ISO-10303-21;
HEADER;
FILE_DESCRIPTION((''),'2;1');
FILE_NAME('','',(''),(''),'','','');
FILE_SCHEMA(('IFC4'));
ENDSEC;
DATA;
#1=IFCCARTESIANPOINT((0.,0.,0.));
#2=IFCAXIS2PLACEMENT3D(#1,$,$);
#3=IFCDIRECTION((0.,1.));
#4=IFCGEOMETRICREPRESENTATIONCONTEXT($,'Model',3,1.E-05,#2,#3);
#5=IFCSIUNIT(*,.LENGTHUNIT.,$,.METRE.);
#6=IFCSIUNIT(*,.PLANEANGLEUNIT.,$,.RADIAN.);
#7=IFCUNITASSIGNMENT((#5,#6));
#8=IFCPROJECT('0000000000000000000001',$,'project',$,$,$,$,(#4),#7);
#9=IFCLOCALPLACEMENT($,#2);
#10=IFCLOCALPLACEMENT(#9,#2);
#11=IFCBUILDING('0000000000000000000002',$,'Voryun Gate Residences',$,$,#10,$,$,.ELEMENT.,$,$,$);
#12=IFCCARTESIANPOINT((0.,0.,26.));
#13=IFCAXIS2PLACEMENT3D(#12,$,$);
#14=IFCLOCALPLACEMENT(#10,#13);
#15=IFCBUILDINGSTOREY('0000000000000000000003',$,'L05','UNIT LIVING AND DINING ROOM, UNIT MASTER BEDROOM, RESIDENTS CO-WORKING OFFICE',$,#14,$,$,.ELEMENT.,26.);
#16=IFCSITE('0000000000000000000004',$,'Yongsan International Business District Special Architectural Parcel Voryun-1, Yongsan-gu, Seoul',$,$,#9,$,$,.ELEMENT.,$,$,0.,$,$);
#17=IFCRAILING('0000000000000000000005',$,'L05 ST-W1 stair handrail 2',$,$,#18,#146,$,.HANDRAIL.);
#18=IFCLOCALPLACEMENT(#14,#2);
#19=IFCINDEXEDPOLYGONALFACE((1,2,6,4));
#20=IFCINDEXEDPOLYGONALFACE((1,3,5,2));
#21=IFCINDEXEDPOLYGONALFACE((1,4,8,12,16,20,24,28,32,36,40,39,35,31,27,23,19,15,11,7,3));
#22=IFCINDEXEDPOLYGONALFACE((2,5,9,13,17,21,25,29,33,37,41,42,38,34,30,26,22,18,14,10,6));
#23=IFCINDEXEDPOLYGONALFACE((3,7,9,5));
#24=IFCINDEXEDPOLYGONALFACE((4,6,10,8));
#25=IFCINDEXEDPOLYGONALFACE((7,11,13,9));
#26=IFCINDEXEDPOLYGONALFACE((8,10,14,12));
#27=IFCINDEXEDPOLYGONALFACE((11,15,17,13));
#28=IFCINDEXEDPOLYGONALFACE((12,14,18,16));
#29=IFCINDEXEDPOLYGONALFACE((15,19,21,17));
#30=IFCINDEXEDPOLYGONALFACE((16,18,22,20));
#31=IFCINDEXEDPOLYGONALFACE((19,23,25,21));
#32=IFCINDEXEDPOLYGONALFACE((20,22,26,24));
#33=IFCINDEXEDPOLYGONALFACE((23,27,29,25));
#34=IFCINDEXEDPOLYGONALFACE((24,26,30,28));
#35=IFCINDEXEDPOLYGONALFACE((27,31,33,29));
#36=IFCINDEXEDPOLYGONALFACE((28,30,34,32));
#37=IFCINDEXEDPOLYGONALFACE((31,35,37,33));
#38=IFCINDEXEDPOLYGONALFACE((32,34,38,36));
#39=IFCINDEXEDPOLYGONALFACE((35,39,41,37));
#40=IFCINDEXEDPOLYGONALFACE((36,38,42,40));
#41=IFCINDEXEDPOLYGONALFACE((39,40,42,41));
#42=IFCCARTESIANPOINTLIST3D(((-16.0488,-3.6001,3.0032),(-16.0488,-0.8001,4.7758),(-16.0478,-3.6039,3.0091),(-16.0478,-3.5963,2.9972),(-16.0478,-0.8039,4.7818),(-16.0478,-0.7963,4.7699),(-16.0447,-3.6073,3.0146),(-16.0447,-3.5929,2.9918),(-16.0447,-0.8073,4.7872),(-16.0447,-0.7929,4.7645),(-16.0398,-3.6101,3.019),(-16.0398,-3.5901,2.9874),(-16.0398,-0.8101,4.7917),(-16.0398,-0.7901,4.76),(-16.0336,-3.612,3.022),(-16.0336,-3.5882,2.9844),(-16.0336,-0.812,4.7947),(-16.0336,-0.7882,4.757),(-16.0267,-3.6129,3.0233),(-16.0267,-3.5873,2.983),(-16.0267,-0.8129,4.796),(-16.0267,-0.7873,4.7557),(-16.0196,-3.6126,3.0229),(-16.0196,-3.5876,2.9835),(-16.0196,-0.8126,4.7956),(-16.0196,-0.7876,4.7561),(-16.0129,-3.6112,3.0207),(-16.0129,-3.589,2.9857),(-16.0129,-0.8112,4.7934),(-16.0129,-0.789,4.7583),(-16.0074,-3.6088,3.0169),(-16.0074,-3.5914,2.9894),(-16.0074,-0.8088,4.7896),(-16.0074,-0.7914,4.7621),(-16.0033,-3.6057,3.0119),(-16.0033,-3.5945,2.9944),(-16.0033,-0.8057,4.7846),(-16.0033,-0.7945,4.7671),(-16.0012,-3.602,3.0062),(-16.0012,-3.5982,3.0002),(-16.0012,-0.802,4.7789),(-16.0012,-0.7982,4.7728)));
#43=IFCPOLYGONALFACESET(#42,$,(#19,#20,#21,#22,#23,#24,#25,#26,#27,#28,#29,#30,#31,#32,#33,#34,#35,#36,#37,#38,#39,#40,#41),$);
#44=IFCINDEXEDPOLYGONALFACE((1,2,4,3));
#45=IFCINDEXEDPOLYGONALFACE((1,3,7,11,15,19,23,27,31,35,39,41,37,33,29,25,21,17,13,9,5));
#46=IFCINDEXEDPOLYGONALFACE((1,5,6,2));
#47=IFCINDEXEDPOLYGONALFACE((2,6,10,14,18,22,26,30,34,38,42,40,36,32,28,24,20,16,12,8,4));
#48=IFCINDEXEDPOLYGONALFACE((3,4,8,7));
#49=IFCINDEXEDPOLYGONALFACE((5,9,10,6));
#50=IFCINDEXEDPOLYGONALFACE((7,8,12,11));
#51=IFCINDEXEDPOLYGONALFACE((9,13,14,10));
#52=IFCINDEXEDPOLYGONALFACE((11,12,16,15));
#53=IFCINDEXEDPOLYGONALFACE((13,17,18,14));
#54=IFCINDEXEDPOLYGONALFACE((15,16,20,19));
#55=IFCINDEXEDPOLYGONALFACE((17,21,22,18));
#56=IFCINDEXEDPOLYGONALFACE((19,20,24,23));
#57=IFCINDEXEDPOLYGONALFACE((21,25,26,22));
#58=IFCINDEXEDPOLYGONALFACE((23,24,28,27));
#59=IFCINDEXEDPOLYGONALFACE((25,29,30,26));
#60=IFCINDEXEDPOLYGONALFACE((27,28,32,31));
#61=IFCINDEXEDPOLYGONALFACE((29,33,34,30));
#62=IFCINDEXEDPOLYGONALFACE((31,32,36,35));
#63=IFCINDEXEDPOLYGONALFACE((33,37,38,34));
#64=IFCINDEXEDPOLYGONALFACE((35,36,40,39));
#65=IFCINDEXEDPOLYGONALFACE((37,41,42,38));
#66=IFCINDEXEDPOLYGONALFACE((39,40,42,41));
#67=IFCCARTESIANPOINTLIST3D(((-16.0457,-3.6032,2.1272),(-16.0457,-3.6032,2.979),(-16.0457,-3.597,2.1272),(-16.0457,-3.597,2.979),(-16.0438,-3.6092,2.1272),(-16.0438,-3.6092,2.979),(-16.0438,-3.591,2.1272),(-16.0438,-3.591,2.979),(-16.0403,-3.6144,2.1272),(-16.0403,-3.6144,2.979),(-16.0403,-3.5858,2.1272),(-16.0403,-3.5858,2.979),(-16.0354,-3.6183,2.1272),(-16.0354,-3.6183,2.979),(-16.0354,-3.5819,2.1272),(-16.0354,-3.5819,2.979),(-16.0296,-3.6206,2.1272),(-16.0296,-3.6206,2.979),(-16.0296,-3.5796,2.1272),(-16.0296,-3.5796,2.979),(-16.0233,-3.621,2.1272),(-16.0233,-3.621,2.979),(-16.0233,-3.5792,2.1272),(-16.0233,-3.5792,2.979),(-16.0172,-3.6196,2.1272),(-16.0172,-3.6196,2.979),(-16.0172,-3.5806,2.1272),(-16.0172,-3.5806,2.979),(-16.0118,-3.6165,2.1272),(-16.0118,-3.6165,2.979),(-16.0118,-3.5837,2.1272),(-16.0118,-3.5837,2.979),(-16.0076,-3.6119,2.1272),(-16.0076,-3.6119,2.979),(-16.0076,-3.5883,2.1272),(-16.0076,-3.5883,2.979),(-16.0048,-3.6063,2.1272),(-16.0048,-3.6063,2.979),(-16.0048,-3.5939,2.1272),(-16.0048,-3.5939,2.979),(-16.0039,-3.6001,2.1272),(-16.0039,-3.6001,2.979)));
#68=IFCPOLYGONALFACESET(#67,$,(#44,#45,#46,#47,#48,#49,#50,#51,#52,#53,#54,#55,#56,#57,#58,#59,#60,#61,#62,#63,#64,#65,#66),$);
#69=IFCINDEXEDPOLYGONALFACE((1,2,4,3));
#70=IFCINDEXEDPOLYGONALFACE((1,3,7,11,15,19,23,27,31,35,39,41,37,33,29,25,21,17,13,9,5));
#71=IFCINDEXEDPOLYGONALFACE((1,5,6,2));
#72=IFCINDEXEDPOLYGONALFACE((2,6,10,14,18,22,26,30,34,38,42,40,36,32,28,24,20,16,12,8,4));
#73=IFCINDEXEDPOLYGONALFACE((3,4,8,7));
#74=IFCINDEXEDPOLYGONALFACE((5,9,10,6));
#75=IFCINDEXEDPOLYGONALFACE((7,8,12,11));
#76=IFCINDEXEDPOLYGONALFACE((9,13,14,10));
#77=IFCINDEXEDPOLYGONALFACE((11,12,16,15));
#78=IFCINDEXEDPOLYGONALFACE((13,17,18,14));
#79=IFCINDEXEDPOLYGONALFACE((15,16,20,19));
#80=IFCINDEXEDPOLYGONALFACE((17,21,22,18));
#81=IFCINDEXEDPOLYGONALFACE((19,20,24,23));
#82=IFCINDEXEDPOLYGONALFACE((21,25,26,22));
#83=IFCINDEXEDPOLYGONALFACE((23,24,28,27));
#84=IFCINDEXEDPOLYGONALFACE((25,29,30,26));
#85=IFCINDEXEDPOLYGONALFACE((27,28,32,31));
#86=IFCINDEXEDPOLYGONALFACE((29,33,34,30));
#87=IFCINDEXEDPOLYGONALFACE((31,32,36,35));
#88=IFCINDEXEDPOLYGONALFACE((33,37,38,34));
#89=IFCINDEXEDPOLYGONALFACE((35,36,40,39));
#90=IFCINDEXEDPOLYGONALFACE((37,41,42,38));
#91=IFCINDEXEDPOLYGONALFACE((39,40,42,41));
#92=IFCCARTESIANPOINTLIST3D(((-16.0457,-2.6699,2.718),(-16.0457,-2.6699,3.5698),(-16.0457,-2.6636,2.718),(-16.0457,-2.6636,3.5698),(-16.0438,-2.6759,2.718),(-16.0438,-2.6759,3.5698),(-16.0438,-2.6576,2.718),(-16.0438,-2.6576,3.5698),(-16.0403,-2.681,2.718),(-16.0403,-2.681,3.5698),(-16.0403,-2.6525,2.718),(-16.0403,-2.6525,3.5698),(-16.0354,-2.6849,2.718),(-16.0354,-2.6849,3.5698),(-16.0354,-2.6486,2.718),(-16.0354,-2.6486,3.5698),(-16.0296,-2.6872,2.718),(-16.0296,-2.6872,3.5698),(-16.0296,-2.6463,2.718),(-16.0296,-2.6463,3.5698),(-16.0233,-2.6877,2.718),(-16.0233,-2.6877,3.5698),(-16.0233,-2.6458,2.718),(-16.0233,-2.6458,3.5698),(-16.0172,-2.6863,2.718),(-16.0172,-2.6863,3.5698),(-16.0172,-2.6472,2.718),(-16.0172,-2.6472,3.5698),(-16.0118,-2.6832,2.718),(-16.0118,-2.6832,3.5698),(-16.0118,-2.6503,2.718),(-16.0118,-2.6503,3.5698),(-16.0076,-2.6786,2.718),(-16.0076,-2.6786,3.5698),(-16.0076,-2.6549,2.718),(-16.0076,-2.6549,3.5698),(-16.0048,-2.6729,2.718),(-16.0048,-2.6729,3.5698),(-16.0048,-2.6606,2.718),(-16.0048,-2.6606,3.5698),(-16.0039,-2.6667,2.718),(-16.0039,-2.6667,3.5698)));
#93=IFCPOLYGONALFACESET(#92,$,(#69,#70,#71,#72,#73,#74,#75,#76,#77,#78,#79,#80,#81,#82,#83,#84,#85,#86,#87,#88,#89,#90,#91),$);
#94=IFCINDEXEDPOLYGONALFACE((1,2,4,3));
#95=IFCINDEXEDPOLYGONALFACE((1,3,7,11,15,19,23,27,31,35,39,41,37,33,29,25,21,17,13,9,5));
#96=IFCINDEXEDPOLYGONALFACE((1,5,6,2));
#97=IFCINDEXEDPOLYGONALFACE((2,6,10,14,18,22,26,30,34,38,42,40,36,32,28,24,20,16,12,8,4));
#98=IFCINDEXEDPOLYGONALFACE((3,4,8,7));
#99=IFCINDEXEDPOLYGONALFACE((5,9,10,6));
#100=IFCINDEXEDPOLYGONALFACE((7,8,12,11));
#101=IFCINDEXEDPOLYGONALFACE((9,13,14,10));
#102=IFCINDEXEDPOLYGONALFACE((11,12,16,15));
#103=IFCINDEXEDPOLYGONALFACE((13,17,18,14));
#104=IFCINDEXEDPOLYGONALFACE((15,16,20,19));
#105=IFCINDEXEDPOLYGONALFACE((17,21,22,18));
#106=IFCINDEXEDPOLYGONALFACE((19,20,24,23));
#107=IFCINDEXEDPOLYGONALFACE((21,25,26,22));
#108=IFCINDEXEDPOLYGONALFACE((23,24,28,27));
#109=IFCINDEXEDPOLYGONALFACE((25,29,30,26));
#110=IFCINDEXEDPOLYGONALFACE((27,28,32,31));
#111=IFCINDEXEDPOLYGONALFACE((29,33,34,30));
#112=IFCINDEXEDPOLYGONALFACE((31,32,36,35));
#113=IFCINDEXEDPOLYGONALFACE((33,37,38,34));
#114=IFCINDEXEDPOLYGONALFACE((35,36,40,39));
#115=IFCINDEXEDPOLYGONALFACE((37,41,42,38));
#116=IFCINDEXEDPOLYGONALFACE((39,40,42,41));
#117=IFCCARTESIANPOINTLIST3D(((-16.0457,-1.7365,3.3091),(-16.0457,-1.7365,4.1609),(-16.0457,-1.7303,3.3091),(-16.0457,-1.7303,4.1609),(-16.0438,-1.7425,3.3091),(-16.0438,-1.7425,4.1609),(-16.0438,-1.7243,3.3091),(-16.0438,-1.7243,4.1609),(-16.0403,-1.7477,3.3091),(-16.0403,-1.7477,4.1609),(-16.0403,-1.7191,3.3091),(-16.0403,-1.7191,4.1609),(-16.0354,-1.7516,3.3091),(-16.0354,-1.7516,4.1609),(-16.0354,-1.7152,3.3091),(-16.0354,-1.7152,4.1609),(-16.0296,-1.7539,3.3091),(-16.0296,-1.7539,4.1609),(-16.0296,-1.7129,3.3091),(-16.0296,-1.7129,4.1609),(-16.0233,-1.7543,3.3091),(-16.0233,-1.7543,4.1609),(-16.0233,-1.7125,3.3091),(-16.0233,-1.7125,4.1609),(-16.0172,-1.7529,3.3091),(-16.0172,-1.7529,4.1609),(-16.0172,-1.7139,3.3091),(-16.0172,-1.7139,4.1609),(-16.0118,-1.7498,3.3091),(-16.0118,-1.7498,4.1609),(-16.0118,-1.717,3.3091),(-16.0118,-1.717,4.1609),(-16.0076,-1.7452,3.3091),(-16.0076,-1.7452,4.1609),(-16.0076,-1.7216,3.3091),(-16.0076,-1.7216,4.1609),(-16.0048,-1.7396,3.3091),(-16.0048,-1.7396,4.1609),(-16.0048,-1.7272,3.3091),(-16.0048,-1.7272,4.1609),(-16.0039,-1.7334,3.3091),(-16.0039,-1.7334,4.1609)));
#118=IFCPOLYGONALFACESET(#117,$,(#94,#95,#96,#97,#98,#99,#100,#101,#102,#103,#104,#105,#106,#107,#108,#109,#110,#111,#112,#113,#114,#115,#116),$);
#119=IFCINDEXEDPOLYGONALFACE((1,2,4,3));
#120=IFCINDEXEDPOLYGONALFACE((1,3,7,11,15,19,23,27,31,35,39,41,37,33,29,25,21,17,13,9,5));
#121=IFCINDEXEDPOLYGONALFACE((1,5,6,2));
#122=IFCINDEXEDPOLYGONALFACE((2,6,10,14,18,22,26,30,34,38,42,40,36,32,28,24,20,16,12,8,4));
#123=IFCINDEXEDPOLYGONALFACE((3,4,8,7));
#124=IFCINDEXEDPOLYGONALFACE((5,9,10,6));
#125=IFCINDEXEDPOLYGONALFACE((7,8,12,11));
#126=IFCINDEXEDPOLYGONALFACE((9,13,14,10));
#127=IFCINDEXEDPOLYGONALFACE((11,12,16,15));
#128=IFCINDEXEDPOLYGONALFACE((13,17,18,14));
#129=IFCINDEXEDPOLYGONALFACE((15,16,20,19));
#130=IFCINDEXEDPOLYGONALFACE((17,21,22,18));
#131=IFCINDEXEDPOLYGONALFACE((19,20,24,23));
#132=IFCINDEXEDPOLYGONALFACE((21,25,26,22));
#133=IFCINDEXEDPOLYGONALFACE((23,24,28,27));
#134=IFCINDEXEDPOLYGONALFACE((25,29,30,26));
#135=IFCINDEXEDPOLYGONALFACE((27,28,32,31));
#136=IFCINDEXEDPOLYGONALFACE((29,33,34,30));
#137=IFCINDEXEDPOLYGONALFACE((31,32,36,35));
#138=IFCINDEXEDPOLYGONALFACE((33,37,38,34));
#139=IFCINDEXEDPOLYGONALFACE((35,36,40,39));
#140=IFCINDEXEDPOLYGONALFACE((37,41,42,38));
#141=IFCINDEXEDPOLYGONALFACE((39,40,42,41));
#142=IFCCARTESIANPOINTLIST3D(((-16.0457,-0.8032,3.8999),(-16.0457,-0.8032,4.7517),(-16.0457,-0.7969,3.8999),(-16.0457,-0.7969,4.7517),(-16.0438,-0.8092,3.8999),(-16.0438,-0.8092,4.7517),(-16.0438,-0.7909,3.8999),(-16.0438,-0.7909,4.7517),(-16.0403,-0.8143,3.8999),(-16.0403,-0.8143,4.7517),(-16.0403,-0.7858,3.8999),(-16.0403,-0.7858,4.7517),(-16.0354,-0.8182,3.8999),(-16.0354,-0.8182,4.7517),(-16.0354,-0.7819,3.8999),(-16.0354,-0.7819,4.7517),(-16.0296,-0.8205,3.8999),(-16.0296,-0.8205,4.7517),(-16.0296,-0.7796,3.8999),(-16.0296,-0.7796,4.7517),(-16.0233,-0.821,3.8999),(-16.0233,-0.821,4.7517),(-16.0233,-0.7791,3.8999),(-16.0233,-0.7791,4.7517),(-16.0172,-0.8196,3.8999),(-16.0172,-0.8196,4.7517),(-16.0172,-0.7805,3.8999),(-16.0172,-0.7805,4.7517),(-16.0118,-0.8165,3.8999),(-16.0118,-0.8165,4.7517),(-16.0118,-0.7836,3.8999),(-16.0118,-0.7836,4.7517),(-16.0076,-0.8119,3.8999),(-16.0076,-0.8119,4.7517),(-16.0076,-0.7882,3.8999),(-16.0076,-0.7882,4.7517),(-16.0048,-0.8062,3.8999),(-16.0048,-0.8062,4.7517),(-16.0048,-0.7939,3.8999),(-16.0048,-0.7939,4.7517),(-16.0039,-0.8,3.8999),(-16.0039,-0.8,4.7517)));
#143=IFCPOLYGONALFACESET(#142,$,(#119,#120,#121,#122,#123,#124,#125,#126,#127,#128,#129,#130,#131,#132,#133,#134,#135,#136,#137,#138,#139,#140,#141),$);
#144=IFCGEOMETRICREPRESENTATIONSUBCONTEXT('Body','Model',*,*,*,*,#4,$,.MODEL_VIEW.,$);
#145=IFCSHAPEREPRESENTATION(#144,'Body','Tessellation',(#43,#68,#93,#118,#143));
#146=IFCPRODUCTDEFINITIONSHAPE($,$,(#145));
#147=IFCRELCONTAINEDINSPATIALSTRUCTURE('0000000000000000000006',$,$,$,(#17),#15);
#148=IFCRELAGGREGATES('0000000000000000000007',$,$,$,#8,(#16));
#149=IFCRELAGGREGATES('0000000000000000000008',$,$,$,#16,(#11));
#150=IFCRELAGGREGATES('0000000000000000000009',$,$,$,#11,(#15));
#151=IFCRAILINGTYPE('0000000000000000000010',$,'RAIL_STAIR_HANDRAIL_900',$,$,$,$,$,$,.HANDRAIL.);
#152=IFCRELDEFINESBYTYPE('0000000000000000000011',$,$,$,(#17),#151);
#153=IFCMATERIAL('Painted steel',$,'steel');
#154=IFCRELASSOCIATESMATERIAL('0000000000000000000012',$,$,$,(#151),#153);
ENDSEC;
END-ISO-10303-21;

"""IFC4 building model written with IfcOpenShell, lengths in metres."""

from ifc_helpers import new_model, si_unit, direction, frame, origin, origin_2d, place, context, subcontext, project, spatial, circle, extrude, material, type_object, element, save


model = new_model("IFC4")

# Units and contexts
model_context = context("Model", 3, precision=1e-05, world=origin(), true_north=direction((0.0, 1.0)))
body_context = subcontext(model_context, "Body", "Model", "MODEL_VIEW")
ifc_project = project(units=[si_unit("LENGTHUNIT", "METRE"), si_unit("PLANEANGLEUNIT", "RADIAN")], contexts=[model_context])

# Site, building, storey
site_placement = place(None, origin())
site = spatial("IfcSite", under=ifc_project, at=site_placement, Name="Yongsan International Business District Special Architectural Parcel Voryun-1, Yongsan-gu, Seoul", CompositionType="ELEMENT", RefElevation=0.0)
building_placement = place(site_placement, origin())
building = spatial("IfcBuilding", under=site, at=building_placement, Name="Voryun Gate Residences", CompositionType="ELEMENT")
storey_placement = place(building_placement, frame((0.0, 0.0, 26.0)))
storey = spatial("IfcBuildingStorey", under=building, at=storey_placement, Name="L05", Description="UNIT LIVING AND DINING ROOM, UNIT MASTER BEDROOM, RESIDENTS CO-WORKING OFFICE", CompositionType="ELEMENT", Elevation=26.0)

# Railing
ifc_material_1 = material(Name="Painted steel", Category="steel")
railing_type_1 = type_object("IfcRailingType", Name="RAIL_STAIR_HANDRAIL_900", PredefinedType="HANDRAIL", material=ifc_material_1)
railing_1_placement = place(storey_placement, frame((-16.0249, -3.6001, 2.1272)))
element("IfcRailing", 1, at=railing_1_placement, inside=storey, type_object=railing_type_1, Name="L05 ST-W1 stair handrail 2", PredefinedType="HANDRAIL", context=body_context, shape_type="SweptSolid", body=[
    extrude(circle(Radius=0.0239, at=origin_2d()), frame((0.0, 0.0, 0.876), z_axis=(0.0, 0.844909, 0.53491), x_axis=(-1.0, 0.0, 0.0)), (0.0, 0.0, 1.0), 3.314),
    extrude(circle(Radius=0.021, at=origin_2d()), origin(), (0.0, 0.0, 1.0), 0.8518),
    extrude(circle(Radius=0.021, at=origin_2d()), frame((0.0, 0.9333, 0.5908)), (0.0, 0.0, 1.0), 0.8518),
    extrude(circle(Radius=0.021, at=origin_2d()), frame((0.0, 1.8667, 1.1819)), (0.0, 0.0, 1.0), 0.8518),
    extrude(circle(Radius=0.021, at=origin_2d()), frame((0.0, 2.8, 1.7727)), (0.0, 0.0, 1.0), 0.8518),
])

save(model, "model.ifc")
